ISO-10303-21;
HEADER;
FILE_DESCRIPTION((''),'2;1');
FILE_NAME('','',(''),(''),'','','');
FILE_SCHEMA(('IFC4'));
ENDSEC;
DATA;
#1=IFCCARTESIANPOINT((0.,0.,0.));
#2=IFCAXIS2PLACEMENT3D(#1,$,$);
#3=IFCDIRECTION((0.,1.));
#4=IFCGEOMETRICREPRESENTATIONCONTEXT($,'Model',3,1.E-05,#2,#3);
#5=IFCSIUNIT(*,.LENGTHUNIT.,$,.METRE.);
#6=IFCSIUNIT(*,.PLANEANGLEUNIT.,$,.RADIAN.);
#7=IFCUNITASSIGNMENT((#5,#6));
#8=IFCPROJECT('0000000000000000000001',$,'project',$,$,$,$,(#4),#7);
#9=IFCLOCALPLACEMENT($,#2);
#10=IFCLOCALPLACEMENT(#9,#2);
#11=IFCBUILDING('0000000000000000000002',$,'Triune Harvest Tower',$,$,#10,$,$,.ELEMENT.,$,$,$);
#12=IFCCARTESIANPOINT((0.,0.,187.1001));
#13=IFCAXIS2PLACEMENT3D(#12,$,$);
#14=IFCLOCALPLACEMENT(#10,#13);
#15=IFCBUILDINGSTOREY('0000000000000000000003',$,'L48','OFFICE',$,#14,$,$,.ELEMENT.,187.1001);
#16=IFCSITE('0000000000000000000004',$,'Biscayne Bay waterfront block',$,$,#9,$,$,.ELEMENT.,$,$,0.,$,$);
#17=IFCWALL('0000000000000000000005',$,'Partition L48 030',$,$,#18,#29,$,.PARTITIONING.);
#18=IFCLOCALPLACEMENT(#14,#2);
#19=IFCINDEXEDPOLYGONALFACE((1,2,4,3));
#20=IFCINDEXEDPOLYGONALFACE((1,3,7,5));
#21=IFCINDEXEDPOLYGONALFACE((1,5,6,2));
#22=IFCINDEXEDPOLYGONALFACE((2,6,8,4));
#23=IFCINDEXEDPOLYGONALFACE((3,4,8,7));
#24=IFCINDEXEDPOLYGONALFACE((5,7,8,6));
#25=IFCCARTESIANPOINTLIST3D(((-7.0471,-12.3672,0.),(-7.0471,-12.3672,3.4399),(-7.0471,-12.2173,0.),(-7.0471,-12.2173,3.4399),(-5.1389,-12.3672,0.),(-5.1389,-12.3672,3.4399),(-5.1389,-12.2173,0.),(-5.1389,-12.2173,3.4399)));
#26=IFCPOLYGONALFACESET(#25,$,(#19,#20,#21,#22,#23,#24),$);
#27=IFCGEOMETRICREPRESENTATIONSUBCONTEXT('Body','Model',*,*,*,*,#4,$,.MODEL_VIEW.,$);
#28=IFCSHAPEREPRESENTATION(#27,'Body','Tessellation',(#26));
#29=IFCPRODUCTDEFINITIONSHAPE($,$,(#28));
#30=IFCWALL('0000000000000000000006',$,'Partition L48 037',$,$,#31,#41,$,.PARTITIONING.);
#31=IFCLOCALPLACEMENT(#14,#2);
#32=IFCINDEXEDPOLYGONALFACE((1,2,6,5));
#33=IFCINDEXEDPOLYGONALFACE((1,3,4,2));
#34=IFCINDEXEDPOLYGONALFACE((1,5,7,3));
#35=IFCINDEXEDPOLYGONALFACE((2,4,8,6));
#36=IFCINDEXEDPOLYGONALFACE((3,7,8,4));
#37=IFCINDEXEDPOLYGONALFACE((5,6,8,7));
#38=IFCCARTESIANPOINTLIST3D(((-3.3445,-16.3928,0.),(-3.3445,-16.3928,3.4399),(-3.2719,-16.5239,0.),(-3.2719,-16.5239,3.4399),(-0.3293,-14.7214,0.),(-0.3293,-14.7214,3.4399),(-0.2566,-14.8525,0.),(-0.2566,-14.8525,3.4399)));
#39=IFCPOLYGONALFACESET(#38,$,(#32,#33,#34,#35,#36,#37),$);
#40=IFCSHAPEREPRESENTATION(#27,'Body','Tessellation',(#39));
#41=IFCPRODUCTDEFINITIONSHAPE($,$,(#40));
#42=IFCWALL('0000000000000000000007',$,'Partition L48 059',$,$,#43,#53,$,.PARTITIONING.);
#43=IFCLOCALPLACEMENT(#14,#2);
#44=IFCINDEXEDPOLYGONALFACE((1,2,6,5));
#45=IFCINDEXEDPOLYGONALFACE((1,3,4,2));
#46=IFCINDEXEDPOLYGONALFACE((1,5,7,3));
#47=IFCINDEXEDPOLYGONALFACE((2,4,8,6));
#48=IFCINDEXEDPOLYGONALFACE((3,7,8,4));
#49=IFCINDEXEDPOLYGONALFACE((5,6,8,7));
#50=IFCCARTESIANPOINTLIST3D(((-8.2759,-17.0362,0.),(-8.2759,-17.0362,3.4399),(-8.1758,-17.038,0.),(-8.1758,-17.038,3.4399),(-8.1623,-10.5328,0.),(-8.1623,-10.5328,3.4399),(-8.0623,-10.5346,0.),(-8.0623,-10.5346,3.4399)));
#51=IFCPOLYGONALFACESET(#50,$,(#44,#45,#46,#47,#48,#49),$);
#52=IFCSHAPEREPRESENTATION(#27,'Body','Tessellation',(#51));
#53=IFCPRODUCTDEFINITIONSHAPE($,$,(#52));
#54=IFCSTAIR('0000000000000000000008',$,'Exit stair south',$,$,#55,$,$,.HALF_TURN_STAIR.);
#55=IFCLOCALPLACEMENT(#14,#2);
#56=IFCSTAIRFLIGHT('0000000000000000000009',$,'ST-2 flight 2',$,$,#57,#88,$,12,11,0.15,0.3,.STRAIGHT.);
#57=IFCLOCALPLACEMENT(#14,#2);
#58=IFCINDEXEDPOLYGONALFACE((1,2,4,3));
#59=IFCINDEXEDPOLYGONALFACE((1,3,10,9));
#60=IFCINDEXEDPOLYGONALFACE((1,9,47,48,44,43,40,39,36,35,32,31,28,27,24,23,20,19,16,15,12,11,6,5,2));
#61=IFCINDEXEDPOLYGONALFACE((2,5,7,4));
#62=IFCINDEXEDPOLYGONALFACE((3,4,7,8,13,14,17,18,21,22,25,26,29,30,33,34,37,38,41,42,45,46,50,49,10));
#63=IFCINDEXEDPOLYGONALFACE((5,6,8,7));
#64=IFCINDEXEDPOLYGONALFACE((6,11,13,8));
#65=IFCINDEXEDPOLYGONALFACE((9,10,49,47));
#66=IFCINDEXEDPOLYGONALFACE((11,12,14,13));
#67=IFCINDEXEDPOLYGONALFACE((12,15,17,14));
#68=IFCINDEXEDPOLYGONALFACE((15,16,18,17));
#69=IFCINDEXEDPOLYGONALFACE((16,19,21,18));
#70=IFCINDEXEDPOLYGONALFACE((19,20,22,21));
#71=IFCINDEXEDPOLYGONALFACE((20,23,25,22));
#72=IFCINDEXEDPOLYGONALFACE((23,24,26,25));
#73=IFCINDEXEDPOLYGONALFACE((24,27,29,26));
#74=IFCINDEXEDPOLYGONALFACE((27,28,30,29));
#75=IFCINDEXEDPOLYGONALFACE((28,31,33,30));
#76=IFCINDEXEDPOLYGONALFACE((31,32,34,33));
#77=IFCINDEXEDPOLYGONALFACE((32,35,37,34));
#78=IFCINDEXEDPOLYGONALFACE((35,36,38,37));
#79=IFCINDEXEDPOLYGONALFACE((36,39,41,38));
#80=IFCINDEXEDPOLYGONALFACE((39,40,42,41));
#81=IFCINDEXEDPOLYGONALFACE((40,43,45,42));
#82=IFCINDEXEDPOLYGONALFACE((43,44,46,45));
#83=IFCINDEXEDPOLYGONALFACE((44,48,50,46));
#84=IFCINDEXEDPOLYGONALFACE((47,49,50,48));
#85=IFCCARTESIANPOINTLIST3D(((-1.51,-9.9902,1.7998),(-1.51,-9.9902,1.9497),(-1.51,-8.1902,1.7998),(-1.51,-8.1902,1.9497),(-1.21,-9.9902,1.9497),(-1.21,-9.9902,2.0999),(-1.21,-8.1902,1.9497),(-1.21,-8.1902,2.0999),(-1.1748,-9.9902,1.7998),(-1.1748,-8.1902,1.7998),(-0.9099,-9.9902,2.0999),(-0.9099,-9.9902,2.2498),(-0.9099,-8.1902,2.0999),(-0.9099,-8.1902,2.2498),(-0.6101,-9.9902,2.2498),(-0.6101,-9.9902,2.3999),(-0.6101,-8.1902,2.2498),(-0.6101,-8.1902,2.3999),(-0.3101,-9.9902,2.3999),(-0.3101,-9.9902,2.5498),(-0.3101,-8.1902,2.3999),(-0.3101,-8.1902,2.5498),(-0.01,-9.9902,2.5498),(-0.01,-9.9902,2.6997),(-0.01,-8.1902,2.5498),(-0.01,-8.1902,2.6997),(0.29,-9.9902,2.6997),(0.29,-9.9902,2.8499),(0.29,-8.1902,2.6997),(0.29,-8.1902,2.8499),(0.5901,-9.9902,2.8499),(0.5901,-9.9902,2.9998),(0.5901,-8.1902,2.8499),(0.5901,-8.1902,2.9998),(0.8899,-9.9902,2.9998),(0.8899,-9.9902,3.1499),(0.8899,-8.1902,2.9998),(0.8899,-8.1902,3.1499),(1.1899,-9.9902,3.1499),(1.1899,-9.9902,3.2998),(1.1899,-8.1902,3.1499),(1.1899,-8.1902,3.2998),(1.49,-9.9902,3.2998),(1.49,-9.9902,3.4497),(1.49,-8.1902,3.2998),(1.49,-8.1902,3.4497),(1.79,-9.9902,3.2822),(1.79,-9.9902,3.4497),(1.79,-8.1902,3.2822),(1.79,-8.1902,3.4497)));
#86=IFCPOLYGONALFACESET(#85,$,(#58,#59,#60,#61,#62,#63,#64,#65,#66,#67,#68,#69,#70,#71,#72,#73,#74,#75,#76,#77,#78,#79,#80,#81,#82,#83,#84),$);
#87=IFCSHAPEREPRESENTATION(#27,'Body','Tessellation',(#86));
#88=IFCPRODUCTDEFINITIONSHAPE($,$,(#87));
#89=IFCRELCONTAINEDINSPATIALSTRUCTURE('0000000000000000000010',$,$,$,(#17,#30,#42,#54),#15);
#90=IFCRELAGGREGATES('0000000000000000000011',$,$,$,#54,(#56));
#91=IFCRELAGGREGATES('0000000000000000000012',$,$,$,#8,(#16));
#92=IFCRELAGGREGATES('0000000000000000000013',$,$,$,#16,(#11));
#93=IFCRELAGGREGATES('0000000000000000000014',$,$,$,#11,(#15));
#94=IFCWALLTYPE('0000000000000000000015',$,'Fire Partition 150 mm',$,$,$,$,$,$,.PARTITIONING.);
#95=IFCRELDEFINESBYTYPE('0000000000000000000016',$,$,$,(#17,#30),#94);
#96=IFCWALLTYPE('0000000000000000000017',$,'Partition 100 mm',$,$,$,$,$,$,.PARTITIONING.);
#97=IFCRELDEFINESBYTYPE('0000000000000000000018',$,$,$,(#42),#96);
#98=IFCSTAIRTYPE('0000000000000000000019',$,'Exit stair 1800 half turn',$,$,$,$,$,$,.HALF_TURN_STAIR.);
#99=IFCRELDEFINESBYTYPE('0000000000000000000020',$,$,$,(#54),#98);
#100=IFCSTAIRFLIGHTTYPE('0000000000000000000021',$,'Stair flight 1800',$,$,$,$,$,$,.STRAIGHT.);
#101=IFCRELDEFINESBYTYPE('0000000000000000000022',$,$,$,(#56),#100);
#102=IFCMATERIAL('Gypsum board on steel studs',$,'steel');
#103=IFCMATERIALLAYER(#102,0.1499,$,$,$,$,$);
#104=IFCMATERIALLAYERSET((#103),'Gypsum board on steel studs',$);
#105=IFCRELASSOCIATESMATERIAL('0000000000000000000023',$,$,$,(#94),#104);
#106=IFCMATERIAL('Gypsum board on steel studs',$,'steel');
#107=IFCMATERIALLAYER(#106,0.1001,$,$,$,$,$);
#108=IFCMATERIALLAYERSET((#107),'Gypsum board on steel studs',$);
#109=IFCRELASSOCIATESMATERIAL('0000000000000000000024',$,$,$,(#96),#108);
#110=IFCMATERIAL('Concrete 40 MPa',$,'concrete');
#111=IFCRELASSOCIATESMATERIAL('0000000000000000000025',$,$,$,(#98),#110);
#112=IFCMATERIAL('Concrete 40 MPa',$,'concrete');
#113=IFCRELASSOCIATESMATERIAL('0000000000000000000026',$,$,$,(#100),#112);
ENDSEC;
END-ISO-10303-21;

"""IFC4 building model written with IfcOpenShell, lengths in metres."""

from ifc_helpers import new_model, si_unit, direction, frame, frame_2d, origin, place, context, subcontext, project, spatial, polyline, rectangle, outline, extrude, source, transform, mapped, material, layer, layer_set, type_object, element, aggregate, save


model = new_model("IFC4")

# Units and contexts
model_context = context("Model", 3, precision=1e-05, world=origin(), true_north=direction((0.0, 1.0)))
body_context = subcontext(model_context, "Body", "Model", "MODEL_VIEW")
ifc_project = project(units=[si_unit("LENGTHUNIT", "METRE"), si_unit("PLANEANGLEUNIT", "RADIAN")], contexts=[model_context])

# Site, building, storey
site_placement = place(None, origin())
site = spatial("IfcSite", under=ifc_project, at=site_placement, Name="Biscayne Bay waterfront block", CompositionType="ELEMENT", RefElevation=0.0)
building_placement = place(site_placement, origin())
building = spatial("IfcBuilding", under=site, at=building_placement, Name="Triune Harvest Tower", CompositionType="ELEMENT")
storey_placement = place(building_placement, frame((0.0, 0.0, 187.1001)))
storey = spatial("IfcBuildingStorey", under=building, at=storey_placement, Name="L48", Description="OFFICE", CompositionType="ELEMENT", Elevation=187.1001)

# Shared definitions
ifc_material_1 = material(Name="Gypsum board on steel studs", Category="steel")
ifc_layer_1 = layer(ifc_material_1, 0.1499)
ifc_layer_set_1 = layer_set([ifc_layer_1], Name="Gypsum board on steel studs")
wall_type_1 = type_object("IfcWallType", Name="Fire Partition 150 mm", PredefinedType="PARTITIONING", material=ifc_layer_set_1)

# Walls
shared_shape_1 = source(origin(), body_context, "Body", "SweptSolid", [
    extrude(rectangle(XDim=1.9082, YDim=0.1499, at=frame_2d((0.9541, 0.0))), origin(), (0.0, 0.0, 1.0), 3.4399),
])
wall_1_placement = place(storey_placement, frame((-7.0471, -12.2922, 0.0), z_axis=(0.0, 0.0, 1.0), x_axis=(1.0, 0.0, 0.0)))
element("IfcWall", 1, at=wall_1_placement, inside=storey, type_object=wall_type_1, Name="Partition L48 030", PredefinedType="PARTITIONING", context=body_context, shape_type="MappedRepresentation", body=[
    mapped(shared_shape_1, transform((0.0, 0.0, 0.0), scale=1.0)),
])
shared_shape_2 = source(origin(), body_context, "Body", "SweptSolid", [
    extrude(rectangle(XDim=3.4475, YDim=0.1499, at=frame_2d((1.7236, 0.0))), origin(), (0.0, 0.0, 1.0), 3.4399),
])
wall_2_placement = place(storey_placement, frame((-3.3081, -16.4583, 0.0), z_axis=(0.0, 0.0, 1.0), x_axis=(0.874628, 0.484795, 0.0)))
element("IfcWall", 2, at=wall_2_placement, inside=storey, type_object=wall_type_1, Name="Partition L48 037", PredefinedType="PARTITIONING", context=body_context, shape_type="MappedRepresentation", body=[
    mapped(shared_shape_2, transform((0.0, 0.0, 0.0), scale=1.0)),
])
ifc_material_2 = material(Name="Gypsum board on steel studs", Category="steel")
ifc_layer_2 = layer(ifc_material_2, 0.1001)
ifc_layer_set_2 = layer_set([ifc_layer_2], Name="Gypsum board on steel studs")
wall_type_2 = type_object("IfcWallType", Name="Partition 100 mm", PredefinedType="PARTITIONING", material=ifc_layer_set_2)
shared_shape_3 = source(origin(), body_context, "Body", "SweptSolid", [
    extrude(rectangle(XDim=6.5044, YDim=0.1001, at=frame_2d((3.2522, 0.0))), origin(), (0.0, 0.0, 1.0), 3.4399),
])
wall_3_placement = place(storey_placement, frame((-8.2258, -17.0371, 0.0), z_axis=(0.0, 0.0, 1.0), x_axis=(0.017454, 0.999848, 0.0)))
element("IfcWall", 3, at=wall_3_placement, inside=storey, type_object=wall_type_2, Name="Partition L48 059", PredefinedType="PARTITIONING", context=body_context, shape_type="MappedRepresentation", body=[
    mapped(shared_shape_3, transform((0.0, 0.0, 0.0), scale=1.0)),
])

# Stair, stair flight
ifc_material_3 = material(Name="Concrete 40 MPa", Category="concrete")
stair_type = type_object("IfcStairType", Name="Exit stair 1800 half turn", PredefinedType="HALF_TURN_STAIR", material=ifc_material_3)
stair_placement = place(storey_placement, origin())
stair = element("IfcStair", 4, at=stair_placement, inside=storey, type_object=stair_type, Name="Exit stair south", PredefinedType="HALF_TURN_STAIR")
ifc_material_4 = material(Name="Concrete 40 MPa", Category="concrete")
stair_flight_type = type_object("IfcStairFlightType", Name="Stair flight 1800", PredefinedType="STRAIGHT", material=ifc_material_4)
shared_shape_4 = source(origin(), body_context, "Body", "SweptSolid", [
    extrude(outline(polyline([(0.0, 0.0), (0.0, 0.1499), (0.3, 0.1499), (0.3, 0.3), (0.6001, 0.3), (0.6001, 0.45), (0.8999, 0.45), (0.8999, 0.6001), (1.2, 0.6001), (1.2, 0.75), (1.5, 0.75), (1.5, 0.8999), (1.8, 0.8999), (1.8, 1.05), (2.1001, 1.05), (2.1001, 1.2), (2.3999, 1.2), (2.3999, 1.3501), (2.7, 1.3501), (2.7, 1.5), (3.0, 1.5), (3.0, 1.6499), (3.3, 1.6499), (3.3, 1.8), (3.3, 1.4824), (0.3352, 0.0), (0.0, 0.0)])), frame((0.0, 0.8999, 0.0), z_axis=(0.0, -1.0, 0.0), x_axis=(1.0, 0.0, 0.0)), (0.0, 0.0, 1.0), 1.8),
])
stair_flight_placement = place(storey_placement, frame((-1.51, -9.0901, 1.7998), z_axis=(0.0, 0.0, 1.0), x_axis=(1.0, 0.0, 0.0)))
stair_flight = element("IfcStairFlight", 5, at=stair_flight_placement, type_object=stair_flight_type, Name="ST-2 flight 2", NumberOfRisers=12, NumberOfTreads=11, PredefinedType="STRAIGHT", RiserHeight=0.15, TreadLength=0.3, context=body_context, shape_type="MappedRepresentation", body=[
    mapped(shared_shape_4, transform((0.0, 0.0, 0.0), scale=1.0)),
])
aggregate(stair, [stair_flight])

save(model, "model.ifc")
